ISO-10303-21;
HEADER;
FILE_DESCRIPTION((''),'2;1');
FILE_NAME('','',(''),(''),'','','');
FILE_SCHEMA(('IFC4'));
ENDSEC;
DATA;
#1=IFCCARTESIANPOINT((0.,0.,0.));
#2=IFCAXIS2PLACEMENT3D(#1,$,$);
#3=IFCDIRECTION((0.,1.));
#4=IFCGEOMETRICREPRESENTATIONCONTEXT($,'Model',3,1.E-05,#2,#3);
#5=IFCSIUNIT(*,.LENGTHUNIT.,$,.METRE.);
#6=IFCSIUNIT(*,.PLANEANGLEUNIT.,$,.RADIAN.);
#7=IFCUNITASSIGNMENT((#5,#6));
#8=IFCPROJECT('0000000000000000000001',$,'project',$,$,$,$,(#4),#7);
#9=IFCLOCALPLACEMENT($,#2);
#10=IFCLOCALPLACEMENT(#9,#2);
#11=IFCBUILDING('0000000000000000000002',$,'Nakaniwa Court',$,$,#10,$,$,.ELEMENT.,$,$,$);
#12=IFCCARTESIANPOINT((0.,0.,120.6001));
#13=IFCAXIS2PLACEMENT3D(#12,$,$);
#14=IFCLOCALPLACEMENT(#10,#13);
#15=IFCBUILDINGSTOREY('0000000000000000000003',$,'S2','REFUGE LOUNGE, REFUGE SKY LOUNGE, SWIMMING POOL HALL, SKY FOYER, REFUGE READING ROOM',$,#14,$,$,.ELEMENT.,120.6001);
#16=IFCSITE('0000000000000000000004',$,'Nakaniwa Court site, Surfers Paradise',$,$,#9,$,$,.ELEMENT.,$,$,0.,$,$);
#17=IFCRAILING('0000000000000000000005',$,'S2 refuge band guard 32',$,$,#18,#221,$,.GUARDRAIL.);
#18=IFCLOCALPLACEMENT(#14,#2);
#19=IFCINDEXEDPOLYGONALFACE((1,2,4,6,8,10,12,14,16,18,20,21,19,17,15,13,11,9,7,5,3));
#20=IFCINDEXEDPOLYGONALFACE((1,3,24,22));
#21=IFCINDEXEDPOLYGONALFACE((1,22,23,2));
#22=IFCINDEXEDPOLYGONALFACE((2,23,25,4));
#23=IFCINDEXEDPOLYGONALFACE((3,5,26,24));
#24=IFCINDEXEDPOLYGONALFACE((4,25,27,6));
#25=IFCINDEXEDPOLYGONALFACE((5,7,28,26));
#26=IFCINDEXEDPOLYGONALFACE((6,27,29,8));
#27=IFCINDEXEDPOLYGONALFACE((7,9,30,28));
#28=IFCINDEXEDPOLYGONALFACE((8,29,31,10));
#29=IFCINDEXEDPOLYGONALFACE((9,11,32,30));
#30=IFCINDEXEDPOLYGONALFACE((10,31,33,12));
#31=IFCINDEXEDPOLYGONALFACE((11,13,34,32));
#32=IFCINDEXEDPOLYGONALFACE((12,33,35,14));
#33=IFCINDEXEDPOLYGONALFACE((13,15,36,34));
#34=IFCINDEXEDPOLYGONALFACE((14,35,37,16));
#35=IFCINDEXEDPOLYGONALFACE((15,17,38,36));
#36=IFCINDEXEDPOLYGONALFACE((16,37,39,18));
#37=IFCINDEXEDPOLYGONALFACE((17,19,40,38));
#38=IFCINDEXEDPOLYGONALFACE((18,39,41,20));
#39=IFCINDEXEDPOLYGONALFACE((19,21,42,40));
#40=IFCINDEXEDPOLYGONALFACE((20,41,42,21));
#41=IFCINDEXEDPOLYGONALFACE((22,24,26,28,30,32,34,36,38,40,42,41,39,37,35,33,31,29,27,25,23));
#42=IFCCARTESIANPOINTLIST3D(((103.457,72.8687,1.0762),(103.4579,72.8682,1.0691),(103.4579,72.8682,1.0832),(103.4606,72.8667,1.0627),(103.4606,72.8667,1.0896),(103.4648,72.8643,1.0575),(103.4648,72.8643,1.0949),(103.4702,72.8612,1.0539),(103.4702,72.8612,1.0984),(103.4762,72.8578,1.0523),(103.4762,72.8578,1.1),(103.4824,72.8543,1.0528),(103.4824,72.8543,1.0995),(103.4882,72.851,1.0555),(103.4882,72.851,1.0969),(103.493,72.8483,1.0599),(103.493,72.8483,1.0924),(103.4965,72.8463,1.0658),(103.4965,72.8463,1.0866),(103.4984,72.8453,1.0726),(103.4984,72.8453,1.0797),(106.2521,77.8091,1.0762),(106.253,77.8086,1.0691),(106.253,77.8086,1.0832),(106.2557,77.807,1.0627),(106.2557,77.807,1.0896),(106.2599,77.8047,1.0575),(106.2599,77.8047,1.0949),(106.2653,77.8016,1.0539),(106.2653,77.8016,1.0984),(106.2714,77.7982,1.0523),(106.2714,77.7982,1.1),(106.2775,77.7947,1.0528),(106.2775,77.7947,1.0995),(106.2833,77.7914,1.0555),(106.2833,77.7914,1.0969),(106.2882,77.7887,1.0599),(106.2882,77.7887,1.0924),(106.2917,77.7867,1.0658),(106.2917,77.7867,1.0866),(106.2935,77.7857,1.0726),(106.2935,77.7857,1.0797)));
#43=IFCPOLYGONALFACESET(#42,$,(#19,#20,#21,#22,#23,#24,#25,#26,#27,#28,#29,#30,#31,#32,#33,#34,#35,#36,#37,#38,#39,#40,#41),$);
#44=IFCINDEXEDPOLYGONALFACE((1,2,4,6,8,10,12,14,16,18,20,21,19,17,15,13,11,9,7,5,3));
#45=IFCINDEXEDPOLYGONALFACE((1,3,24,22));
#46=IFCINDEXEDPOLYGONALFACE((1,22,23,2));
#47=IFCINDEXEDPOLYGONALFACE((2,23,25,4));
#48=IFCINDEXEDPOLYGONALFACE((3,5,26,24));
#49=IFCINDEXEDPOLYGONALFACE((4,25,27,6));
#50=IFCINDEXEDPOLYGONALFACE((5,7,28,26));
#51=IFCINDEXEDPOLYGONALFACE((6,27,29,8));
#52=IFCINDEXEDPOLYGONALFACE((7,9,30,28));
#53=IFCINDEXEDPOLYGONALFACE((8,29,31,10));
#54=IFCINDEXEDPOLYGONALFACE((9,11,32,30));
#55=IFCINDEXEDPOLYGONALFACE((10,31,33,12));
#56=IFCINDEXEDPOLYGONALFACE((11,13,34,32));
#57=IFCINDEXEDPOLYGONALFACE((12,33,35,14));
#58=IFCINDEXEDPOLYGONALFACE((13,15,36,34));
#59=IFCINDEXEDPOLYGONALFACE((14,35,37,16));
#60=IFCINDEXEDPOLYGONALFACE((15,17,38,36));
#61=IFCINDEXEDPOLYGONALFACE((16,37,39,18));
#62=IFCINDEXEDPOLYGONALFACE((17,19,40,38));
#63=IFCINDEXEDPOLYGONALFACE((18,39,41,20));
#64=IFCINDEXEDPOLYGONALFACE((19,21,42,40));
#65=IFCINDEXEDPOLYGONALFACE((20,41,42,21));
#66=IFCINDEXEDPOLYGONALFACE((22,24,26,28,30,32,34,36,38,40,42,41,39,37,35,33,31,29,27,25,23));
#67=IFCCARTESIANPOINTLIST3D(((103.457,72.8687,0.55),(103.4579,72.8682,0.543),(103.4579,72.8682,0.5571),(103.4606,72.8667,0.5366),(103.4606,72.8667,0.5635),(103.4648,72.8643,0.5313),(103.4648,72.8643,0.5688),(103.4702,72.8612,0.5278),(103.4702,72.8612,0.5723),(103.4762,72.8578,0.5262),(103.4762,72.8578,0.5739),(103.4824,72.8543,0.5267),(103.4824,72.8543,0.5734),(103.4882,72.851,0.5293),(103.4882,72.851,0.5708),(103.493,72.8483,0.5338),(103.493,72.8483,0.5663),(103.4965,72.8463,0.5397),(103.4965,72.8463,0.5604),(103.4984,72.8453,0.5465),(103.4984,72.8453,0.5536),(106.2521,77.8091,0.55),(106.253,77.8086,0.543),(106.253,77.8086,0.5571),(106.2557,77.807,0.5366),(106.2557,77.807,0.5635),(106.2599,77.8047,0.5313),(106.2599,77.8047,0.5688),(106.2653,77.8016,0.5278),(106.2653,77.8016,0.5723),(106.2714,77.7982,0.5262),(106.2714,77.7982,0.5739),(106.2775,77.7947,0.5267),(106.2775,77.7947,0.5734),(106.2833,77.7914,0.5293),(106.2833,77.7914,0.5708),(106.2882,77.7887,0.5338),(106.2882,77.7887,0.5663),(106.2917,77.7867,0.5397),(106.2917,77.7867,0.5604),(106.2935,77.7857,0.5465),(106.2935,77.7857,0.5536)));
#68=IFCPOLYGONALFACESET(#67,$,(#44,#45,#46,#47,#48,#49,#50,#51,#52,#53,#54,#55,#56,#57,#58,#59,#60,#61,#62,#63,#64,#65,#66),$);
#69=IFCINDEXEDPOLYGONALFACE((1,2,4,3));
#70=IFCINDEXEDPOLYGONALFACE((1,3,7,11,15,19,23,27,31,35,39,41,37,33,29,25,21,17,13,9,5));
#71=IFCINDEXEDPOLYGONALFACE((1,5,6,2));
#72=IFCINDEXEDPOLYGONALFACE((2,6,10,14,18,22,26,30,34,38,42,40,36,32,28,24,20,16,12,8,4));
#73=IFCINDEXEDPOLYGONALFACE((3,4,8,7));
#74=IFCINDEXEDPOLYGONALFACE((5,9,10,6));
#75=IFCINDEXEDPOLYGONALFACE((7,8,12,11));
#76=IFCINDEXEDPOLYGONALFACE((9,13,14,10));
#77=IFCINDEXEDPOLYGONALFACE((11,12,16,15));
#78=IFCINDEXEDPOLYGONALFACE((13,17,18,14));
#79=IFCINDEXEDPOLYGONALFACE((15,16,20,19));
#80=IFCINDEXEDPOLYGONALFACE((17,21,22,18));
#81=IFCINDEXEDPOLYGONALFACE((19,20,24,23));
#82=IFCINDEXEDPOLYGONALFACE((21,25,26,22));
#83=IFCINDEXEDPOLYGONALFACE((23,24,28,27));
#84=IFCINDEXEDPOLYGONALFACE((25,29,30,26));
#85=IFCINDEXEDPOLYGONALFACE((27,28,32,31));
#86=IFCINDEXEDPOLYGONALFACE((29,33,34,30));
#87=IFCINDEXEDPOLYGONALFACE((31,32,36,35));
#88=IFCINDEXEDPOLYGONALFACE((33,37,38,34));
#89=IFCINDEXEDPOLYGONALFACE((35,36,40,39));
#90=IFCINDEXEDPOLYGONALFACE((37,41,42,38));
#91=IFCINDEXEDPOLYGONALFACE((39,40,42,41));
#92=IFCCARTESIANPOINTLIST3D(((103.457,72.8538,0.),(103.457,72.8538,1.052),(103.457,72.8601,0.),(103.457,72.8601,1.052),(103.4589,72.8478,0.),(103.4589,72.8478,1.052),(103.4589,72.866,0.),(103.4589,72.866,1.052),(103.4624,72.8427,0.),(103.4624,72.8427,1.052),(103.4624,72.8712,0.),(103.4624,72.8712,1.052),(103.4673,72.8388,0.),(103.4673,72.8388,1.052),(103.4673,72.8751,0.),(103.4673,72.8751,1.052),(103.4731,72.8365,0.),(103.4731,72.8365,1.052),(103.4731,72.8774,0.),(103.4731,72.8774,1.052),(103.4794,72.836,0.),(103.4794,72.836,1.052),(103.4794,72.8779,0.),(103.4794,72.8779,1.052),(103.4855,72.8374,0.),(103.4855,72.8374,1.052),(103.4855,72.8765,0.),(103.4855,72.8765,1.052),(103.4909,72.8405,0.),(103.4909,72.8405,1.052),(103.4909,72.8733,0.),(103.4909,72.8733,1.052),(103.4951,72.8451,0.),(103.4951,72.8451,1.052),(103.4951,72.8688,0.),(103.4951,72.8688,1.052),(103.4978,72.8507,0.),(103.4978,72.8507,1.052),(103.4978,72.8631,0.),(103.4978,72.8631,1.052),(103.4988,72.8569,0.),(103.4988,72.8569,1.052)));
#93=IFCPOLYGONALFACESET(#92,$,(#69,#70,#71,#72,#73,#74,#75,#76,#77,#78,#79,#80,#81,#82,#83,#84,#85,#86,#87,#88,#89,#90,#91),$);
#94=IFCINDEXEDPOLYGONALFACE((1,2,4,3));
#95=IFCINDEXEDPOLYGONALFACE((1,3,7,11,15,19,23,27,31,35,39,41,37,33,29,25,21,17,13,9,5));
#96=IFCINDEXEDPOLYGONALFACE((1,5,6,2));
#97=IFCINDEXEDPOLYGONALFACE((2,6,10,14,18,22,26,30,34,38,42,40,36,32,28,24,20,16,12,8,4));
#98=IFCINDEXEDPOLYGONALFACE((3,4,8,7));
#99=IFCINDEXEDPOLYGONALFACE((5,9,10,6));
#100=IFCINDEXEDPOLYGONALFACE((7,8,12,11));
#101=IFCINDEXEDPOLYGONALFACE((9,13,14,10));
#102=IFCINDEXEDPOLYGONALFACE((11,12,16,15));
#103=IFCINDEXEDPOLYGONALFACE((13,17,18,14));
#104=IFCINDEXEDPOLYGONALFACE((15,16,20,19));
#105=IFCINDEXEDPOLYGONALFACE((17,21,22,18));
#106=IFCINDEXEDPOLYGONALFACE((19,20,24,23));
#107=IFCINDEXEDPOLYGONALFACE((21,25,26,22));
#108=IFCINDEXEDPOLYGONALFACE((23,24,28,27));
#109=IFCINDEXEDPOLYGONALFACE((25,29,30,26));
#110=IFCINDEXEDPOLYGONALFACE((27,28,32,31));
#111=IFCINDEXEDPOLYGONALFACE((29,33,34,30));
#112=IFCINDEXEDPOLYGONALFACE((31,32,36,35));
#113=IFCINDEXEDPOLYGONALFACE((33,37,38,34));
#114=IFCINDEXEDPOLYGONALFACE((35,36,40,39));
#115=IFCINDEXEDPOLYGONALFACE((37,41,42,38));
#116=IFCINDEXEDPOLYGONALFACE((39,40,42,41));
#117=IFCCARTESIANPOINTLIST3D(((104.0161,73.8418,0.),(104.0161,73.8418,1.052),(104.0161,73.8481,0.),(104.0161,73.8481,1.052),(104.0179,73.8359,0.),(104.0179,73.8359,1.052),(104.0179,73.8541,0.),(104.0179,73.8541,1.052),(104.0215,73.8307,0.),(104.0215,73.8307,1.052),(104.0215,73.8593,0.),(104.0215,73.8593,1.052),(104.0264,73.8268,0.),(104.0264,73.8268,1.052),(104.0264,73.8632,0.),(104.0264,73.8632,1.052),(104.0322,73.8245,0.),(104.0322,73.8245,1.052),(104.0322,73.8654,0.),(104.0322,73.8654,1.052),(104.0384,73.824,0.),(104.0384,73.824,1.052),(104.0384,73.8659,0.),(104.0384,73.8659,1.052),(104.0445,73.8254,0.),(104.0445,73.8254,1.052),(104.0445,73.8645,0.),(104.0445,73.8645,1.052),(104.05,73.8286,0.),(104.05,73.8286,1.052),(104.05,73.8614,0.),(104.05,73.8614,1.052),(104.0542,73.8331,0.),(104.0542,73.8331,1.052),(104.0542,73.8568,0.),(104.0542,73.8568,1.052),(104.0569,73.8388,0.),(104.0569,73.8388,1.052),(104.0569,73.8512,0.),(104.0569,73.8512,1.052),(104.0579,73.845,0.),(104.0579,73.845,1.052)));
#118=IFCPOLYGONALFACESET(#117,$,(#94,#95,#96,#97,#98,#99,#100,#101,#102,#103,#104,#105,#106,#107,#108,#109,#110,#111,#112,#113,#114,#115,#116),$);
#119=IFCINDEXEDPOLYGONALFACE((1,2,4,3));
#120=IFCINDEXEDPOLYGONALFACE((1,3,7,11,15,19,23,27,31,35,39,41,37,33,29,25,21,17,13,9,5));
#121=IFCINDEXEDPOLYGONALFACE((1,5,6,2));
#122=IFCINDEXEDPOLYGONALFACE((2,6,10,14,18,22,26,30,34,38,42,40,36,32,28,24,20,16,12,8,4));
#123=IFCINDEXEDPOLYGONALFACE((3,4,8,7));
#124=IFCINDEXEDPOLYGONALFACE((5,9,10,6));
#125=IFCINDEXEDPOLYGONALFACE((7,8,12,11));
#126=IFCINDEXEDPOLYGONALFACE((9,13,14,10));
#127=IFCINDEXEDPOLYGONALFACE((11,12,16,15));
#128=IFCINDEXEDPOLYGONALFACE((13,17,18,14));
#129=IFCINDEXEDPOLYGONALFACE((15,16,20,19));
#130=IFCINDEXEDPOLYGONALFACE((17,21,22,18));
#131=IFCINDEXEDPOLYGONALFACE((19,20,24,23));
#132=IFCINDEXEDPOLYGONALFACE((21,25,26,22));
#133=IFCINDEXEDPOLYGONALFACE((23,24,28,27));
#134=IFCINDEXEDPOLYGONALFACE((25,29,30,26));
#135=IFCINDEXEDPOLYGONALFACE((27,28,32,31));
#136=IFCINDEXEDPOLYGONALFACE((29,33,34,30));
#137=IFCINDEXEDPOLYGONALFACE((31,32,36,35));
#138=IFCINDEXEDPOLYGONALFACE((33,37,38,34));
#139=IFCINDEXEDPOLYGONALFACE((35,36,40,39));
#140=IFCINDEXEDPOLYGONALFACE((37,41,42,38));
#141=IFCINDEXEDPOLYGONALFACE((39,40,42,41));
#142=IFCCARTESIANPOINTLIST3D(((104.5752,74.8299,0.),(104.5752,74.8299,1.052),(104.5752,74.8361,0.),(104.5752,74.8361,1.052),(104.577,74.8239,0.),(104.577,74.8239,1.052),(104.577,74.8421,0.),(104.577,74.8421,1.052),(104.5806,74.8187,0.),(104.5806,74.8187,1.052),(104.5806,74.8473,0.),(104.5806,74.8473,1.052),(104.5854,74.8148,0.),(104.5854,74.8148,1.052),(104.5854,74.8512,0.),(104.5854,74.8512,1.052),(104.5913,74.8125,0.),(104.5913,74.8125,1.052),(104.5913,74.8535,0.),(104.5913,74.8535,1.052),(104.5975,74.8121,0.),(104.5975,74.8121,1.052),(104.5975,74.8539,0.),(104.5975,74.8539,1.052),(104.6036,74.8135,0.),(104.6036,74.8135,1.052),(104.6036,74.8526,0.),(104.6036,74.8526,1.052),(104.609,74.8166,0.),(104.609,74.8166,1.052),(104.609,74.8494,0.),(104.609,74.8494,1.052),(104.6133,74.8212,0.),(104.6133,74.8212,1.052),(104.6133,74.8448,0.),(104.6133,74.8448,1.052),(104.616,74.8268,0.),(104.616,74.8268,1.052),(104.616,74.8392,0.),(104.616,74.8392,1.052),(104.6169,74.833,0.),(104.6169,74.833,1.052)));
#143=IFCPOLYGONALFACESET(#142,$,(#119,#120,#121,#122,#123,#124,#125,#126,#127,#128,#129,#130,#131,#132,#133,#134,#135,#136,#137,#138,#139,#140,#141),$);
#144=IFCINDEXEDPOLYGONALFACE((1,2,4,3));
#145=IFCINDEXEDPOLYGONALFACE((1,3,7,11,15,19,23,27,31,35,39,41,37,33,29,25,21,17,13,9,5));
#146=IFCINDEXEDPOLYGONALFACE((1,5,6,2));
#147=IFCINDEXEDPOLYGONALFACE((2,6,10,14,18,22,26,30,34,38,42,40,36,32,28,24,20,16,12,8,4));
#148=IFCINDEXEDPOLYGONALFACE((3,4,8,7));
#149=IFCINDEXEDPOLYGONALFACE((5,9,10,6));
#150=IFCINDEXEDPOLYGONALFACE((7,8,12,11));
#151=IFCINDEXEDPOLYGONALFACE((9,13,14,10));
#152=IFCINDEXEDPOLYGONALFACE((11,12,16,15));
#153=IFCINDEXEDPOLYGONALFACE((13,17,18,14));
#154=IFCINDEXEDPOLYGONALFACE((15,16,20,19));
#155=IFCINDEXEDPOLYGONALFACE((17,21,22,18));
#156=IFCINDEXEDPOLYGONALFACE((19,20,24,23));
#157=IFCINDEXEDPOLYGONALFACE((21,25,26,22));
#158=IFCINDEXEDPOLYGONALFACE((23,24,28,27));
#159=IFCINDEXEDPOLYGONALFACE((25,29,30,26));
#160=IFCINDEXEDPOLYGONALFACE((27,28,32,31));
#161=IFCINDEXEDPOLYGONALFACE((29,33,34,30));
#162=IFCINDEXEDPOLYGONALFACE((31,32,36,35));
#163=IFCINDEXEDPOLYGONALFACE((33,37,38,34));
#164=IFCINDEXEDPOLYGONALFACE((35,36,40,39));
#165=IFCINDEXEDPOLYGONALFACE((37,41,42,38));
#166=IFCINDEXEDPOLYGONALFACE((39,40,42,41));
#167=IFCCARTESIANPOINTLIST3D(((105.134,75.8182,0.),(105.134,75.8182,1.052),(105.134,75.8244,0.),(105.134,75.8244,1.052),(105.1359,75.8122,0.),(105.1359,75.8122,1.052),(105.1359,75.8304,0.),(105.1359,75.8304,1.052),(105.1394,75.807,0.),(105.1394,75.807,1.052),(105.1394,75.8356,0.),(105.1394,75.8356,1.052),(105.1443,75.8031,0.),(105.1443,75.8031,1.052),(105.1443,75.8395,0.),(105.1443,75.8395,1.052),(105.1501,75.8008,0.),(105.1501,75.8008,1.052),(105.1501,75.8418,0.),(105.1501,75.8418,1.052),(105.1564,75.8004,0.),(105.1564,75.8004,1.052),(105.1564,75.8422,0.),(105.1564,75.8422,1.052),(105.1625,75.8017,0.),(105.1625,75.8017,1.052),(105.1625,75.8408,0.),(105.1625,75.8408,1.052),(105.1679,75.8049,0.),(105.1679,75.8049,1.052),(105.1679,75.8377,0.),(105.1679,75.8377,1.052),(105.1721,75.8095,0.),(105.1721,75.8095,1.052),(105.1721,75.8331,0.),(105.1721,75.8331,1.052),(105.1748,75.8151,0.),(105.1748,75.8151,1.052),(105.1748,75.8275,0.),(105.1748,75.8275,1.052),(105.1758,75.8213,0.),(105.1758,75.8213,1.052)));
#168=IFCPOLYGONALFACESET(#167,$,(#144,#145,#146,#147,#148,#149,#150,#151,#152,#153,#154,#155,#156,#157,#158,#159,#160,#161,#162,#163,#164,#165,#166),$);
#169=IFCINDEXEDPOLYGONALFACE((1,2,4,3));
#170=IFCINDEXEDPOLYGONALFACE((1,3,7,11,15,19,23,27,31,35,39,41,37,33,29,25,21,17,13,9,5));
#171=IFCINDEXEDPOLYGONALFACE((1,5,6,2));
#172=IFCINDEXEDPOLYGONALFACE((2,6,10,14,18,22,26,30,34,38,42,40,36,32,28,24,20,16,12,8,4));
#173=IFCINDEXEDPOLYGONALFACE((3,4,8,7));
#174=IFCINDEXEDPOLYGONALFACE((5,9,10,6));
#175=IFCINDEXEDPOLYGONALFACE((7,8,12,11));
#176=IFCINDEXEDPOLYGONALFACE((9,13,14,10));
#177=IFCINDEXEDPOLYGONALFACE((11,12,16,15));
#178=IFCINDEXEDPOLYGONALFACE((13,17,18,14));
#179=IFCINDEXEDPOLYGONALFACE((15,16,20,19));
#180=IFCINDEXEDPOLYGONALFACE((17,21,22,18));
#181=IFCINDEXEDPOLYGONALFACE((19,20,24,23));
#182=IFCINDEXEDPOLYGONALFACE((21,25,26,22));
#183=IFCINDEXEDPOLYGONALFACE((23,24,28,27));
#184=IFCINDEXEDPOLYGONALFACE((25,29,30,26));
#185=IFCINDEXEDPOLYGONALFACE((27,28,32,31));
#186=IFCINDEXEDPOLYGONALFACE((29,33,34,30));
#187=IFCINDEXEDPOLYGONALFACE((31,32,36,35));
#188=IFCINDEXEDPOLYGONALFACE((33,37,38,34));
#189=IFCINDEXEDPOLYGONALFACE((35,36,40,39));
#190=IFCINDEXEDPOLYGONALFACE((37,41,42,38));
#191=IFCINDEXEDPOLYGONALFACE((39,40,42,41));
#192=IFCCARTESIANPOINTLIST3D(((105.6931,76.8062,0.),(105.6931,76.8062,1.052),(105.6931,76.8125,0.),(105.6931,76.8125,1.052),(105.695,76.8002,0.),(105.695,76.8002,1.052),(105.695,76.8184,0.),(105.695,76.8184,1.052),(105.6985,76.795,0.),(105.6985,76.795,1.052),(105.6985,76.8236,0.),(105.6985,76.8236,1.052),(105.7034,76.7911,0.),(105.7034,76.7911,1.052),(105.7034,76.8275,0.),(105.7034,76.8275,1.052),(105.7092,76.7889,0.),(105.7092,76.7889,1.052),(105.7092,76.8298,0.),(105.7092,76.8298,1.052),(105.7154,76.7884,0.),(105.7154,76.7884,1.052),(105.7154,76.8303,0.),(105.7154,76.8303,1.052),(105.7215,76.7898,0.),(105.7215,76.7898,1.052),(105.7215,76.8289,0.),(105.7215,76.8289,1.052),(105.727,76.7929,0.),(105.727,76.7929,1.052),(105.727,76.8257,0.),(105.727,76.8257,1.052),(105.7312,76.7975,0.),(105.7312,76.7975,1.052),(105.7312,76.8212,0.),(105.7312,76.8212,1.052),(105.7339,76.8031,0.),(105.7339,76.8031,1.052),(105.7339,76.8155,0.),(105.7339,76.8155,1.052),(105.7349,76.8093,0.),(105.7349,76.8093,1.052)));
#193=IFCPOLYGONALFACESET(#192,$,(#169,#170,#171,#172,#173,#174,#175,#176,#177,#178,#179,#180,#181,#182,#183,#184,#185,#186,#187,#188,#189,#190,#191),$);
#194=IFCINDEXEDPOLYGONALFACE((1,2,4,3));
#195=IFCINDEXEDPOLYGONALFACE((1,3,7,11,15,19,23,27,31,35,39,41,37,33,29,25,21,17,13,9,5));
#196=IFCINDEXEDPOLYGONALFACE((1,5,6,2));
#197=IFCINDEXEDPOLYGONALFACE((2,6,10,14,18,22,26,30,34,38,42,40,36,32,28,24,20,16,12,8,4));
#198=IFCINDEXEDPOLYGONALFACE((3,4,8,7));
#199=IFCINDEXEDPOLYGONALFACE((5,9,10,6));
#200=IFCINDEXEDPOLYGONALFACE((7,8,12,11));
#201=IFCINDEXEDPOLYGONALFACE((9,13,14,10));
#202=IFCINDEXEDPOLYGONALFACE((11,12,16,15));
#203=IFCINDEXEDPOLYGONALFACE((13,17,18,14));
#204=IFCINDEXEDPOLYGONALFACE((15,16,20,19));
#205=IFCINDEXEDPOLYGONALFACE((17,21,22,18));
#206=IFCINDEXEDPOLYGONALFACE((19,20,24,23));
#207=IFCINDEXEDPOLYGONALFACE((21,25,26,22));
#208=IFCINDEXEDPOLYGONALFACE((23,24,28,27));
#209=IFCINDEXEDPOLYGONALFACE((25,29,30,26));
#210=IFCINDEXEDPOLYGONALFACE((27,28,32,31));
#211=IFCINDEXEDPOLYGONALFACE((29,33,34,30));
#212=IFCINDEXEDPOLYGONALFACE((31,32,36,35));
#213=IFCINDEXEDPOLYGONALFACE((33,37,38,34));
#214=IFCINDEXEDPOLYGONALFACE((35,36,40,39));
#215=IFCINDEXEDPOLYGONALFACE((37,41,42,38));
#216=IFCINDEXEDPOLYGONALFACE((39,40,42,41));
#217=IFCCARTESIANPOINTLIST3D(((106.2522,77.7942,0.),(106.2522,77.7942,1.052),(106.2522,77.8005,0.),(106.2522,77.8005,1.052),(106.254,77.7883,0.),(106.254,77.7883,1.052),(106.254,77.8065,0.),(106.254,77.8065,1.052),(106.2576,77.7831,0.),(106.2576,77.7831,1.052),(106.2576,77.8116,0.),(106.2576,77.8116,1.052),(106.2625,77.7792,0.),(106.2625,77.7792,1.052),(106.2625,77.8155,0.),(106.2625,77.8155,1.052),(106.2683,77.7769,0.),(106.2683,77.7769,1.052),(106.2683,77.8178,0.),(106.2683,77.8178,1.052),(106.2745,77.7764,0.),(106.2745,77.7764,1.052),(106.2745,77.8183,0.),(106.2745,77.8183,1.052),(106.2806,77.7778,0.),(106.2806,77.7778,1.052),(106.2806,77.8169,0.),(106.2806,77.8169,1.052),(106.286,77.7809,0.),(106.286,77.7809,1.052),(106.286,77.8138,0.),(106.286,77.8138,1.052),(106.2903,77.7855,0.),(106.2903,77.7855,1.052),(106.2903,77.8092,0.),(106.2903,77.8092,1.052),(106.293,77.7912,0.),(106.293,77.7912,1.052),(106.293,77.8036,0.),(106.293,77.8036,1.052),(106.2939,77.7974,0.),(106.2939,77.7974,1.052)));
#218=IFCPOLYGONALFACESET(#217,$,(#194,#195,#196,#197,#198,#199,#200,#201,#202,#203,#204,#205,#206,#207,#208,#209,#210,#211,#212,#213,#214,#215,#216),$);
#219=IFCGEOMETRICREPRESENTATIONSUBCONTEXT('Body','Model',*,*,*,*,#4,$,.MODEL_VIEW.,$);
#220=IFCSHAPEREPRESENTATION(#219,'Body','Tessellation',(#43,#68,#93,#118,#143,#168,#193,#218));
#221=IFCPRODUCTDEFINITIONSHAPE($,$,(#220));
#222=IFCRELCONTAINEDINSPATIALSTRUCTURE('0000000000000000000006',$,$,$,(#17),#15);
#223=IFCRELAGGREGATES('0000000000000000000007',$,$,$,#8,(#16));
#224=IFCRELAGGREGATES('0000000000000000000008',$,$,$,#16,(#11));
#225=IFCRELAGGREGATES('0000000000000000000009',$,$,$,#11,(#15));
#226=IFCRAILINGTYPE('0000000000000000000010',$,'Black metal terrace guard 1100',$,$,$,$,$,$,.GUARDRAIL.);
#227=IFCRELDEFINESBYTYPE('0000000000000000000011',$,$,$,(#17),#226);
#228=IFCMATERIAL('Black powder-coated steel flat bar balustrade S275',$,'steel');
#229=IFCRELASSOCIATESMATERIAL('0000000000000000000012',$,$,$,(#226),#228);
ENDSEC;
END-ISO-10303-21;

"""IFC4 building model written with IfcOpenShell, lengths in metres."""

from ifc_helpers import new_model, si_unit, direction, frame, origin, origin_2d, place, context, subcontext, project, spatial, circle, extrude, material, type_object, element, save


model = new_model("IFC4")

# Units and contexts
model_context = context("Model", 3, precision=1e-05, world=origin(), true_north=direction((0.0, 1.0)))
body_context = subcontext(model_context, "Body", "Model", "MODEL_VIEW")
ifc_project = project(units=[si_unit("LENGTHUNIT", "METRE"), si_unit("PLANEANGLEUNIT", "RADIAN")], contexts=[model_context])

# Site, building, storey
site_placement = place(None, origin())
site = spatial("IfcSite", under=ifc_project, at=site_placement, Name="Nakaniwa Court site, Surfers Paradise", CompositionType="ELEMENT", RefElevation=0.0)
building_placement = place(site_placement, origin())
building = spatial("IfcBuilding", under=site, at=building_placement, Name="Nakaniwa Court", CompositionType="ELEMENT")
storey_placement = place(building_placement, frame((0.0, 0.0, 120.6001)))
storey = spatial("IfcBuildingStorey", under=building, at=storey_placement, Name="S2", Description="REFUGE LOUNGE, REFUGE SKY LOUNGE, SWIMMING POOL HALL, SKY FOYER, REFUGE READING ROOM", CompositionType="ELEMENT", Elevation=120.6001)

# Railing
ifc_material_1 = material(Name="Black powder-coated steel flat bar balustrade S275", Category="steel")
railing_type = type_object("IfcRailingType", Name="Black metal terrace guard 1100", PredefinedType="GUARDRAIL", material=ifc_material_1)
railing_1_placement = place(storey_placement, frame((103.4778, 72.8569, 0.0)))
element("IfcRailing", 1, at=railing_1_placement, inside=storey, type_object=railing_type, Name="S2 refuge band guard 32", PredefinedType="GUARDRAIL", context=body_context, shape_type="SweptSolid", body=[
    extrude(circle(Radius=0.0239, at=origin_2d()), frame((0.0, 0.0, 1.0762), z_axis=(0.492424, 0.870355, 0.0), x_axis=(-0.870355, 0.492424, 0.0)), (0.0, 0.0, 1.0), 5.6763),
    extrude(circle(Radius=0.0239, at=origin_2d()), frame((0.0, 0.0, 0.55), z_axis=(0.492424, 0.870355, 0.0), x_axis=(-0.870355, 0.492424, 0.0)), (0.0, 0.0, 1.0), 5.6763),
    extrude(circle(Radius=0.021, at=origin_2d()), origin(), (0.0, 0.0, 1.0), 1.052),
    extrude(circle(Radius=0.021, at=origin_2d()), frame((0.5591, 0.988, 0.0)), (0.0, 0.0, 1.0), 1.052),
    extrude(circle(Radius=0.021, at=origin_2d()), frame((1.1182, 1.9761, 0.0)), (0.0, 0.0, 1.0), 1.052),
    extrude(circle(Radius=0.021, at=origin_2d()), frame((1.677, 2.9644, 0.0)), (0.0, 0.0, 1.0), 1.052),
    extrude(circle(Radius=0.021, at=origin_2d()), frame((2.2361, 3.9524, 0.0)), (0.0, 0.0, 1.0), 1.052),
    extrude(circle(Radius=0.021, at=origin_2d()), frame((2.7952, 4.9404, 0.0)), (0.0, 0.0, 1.0), 1.052),
])

save(model, "model.ifc")
